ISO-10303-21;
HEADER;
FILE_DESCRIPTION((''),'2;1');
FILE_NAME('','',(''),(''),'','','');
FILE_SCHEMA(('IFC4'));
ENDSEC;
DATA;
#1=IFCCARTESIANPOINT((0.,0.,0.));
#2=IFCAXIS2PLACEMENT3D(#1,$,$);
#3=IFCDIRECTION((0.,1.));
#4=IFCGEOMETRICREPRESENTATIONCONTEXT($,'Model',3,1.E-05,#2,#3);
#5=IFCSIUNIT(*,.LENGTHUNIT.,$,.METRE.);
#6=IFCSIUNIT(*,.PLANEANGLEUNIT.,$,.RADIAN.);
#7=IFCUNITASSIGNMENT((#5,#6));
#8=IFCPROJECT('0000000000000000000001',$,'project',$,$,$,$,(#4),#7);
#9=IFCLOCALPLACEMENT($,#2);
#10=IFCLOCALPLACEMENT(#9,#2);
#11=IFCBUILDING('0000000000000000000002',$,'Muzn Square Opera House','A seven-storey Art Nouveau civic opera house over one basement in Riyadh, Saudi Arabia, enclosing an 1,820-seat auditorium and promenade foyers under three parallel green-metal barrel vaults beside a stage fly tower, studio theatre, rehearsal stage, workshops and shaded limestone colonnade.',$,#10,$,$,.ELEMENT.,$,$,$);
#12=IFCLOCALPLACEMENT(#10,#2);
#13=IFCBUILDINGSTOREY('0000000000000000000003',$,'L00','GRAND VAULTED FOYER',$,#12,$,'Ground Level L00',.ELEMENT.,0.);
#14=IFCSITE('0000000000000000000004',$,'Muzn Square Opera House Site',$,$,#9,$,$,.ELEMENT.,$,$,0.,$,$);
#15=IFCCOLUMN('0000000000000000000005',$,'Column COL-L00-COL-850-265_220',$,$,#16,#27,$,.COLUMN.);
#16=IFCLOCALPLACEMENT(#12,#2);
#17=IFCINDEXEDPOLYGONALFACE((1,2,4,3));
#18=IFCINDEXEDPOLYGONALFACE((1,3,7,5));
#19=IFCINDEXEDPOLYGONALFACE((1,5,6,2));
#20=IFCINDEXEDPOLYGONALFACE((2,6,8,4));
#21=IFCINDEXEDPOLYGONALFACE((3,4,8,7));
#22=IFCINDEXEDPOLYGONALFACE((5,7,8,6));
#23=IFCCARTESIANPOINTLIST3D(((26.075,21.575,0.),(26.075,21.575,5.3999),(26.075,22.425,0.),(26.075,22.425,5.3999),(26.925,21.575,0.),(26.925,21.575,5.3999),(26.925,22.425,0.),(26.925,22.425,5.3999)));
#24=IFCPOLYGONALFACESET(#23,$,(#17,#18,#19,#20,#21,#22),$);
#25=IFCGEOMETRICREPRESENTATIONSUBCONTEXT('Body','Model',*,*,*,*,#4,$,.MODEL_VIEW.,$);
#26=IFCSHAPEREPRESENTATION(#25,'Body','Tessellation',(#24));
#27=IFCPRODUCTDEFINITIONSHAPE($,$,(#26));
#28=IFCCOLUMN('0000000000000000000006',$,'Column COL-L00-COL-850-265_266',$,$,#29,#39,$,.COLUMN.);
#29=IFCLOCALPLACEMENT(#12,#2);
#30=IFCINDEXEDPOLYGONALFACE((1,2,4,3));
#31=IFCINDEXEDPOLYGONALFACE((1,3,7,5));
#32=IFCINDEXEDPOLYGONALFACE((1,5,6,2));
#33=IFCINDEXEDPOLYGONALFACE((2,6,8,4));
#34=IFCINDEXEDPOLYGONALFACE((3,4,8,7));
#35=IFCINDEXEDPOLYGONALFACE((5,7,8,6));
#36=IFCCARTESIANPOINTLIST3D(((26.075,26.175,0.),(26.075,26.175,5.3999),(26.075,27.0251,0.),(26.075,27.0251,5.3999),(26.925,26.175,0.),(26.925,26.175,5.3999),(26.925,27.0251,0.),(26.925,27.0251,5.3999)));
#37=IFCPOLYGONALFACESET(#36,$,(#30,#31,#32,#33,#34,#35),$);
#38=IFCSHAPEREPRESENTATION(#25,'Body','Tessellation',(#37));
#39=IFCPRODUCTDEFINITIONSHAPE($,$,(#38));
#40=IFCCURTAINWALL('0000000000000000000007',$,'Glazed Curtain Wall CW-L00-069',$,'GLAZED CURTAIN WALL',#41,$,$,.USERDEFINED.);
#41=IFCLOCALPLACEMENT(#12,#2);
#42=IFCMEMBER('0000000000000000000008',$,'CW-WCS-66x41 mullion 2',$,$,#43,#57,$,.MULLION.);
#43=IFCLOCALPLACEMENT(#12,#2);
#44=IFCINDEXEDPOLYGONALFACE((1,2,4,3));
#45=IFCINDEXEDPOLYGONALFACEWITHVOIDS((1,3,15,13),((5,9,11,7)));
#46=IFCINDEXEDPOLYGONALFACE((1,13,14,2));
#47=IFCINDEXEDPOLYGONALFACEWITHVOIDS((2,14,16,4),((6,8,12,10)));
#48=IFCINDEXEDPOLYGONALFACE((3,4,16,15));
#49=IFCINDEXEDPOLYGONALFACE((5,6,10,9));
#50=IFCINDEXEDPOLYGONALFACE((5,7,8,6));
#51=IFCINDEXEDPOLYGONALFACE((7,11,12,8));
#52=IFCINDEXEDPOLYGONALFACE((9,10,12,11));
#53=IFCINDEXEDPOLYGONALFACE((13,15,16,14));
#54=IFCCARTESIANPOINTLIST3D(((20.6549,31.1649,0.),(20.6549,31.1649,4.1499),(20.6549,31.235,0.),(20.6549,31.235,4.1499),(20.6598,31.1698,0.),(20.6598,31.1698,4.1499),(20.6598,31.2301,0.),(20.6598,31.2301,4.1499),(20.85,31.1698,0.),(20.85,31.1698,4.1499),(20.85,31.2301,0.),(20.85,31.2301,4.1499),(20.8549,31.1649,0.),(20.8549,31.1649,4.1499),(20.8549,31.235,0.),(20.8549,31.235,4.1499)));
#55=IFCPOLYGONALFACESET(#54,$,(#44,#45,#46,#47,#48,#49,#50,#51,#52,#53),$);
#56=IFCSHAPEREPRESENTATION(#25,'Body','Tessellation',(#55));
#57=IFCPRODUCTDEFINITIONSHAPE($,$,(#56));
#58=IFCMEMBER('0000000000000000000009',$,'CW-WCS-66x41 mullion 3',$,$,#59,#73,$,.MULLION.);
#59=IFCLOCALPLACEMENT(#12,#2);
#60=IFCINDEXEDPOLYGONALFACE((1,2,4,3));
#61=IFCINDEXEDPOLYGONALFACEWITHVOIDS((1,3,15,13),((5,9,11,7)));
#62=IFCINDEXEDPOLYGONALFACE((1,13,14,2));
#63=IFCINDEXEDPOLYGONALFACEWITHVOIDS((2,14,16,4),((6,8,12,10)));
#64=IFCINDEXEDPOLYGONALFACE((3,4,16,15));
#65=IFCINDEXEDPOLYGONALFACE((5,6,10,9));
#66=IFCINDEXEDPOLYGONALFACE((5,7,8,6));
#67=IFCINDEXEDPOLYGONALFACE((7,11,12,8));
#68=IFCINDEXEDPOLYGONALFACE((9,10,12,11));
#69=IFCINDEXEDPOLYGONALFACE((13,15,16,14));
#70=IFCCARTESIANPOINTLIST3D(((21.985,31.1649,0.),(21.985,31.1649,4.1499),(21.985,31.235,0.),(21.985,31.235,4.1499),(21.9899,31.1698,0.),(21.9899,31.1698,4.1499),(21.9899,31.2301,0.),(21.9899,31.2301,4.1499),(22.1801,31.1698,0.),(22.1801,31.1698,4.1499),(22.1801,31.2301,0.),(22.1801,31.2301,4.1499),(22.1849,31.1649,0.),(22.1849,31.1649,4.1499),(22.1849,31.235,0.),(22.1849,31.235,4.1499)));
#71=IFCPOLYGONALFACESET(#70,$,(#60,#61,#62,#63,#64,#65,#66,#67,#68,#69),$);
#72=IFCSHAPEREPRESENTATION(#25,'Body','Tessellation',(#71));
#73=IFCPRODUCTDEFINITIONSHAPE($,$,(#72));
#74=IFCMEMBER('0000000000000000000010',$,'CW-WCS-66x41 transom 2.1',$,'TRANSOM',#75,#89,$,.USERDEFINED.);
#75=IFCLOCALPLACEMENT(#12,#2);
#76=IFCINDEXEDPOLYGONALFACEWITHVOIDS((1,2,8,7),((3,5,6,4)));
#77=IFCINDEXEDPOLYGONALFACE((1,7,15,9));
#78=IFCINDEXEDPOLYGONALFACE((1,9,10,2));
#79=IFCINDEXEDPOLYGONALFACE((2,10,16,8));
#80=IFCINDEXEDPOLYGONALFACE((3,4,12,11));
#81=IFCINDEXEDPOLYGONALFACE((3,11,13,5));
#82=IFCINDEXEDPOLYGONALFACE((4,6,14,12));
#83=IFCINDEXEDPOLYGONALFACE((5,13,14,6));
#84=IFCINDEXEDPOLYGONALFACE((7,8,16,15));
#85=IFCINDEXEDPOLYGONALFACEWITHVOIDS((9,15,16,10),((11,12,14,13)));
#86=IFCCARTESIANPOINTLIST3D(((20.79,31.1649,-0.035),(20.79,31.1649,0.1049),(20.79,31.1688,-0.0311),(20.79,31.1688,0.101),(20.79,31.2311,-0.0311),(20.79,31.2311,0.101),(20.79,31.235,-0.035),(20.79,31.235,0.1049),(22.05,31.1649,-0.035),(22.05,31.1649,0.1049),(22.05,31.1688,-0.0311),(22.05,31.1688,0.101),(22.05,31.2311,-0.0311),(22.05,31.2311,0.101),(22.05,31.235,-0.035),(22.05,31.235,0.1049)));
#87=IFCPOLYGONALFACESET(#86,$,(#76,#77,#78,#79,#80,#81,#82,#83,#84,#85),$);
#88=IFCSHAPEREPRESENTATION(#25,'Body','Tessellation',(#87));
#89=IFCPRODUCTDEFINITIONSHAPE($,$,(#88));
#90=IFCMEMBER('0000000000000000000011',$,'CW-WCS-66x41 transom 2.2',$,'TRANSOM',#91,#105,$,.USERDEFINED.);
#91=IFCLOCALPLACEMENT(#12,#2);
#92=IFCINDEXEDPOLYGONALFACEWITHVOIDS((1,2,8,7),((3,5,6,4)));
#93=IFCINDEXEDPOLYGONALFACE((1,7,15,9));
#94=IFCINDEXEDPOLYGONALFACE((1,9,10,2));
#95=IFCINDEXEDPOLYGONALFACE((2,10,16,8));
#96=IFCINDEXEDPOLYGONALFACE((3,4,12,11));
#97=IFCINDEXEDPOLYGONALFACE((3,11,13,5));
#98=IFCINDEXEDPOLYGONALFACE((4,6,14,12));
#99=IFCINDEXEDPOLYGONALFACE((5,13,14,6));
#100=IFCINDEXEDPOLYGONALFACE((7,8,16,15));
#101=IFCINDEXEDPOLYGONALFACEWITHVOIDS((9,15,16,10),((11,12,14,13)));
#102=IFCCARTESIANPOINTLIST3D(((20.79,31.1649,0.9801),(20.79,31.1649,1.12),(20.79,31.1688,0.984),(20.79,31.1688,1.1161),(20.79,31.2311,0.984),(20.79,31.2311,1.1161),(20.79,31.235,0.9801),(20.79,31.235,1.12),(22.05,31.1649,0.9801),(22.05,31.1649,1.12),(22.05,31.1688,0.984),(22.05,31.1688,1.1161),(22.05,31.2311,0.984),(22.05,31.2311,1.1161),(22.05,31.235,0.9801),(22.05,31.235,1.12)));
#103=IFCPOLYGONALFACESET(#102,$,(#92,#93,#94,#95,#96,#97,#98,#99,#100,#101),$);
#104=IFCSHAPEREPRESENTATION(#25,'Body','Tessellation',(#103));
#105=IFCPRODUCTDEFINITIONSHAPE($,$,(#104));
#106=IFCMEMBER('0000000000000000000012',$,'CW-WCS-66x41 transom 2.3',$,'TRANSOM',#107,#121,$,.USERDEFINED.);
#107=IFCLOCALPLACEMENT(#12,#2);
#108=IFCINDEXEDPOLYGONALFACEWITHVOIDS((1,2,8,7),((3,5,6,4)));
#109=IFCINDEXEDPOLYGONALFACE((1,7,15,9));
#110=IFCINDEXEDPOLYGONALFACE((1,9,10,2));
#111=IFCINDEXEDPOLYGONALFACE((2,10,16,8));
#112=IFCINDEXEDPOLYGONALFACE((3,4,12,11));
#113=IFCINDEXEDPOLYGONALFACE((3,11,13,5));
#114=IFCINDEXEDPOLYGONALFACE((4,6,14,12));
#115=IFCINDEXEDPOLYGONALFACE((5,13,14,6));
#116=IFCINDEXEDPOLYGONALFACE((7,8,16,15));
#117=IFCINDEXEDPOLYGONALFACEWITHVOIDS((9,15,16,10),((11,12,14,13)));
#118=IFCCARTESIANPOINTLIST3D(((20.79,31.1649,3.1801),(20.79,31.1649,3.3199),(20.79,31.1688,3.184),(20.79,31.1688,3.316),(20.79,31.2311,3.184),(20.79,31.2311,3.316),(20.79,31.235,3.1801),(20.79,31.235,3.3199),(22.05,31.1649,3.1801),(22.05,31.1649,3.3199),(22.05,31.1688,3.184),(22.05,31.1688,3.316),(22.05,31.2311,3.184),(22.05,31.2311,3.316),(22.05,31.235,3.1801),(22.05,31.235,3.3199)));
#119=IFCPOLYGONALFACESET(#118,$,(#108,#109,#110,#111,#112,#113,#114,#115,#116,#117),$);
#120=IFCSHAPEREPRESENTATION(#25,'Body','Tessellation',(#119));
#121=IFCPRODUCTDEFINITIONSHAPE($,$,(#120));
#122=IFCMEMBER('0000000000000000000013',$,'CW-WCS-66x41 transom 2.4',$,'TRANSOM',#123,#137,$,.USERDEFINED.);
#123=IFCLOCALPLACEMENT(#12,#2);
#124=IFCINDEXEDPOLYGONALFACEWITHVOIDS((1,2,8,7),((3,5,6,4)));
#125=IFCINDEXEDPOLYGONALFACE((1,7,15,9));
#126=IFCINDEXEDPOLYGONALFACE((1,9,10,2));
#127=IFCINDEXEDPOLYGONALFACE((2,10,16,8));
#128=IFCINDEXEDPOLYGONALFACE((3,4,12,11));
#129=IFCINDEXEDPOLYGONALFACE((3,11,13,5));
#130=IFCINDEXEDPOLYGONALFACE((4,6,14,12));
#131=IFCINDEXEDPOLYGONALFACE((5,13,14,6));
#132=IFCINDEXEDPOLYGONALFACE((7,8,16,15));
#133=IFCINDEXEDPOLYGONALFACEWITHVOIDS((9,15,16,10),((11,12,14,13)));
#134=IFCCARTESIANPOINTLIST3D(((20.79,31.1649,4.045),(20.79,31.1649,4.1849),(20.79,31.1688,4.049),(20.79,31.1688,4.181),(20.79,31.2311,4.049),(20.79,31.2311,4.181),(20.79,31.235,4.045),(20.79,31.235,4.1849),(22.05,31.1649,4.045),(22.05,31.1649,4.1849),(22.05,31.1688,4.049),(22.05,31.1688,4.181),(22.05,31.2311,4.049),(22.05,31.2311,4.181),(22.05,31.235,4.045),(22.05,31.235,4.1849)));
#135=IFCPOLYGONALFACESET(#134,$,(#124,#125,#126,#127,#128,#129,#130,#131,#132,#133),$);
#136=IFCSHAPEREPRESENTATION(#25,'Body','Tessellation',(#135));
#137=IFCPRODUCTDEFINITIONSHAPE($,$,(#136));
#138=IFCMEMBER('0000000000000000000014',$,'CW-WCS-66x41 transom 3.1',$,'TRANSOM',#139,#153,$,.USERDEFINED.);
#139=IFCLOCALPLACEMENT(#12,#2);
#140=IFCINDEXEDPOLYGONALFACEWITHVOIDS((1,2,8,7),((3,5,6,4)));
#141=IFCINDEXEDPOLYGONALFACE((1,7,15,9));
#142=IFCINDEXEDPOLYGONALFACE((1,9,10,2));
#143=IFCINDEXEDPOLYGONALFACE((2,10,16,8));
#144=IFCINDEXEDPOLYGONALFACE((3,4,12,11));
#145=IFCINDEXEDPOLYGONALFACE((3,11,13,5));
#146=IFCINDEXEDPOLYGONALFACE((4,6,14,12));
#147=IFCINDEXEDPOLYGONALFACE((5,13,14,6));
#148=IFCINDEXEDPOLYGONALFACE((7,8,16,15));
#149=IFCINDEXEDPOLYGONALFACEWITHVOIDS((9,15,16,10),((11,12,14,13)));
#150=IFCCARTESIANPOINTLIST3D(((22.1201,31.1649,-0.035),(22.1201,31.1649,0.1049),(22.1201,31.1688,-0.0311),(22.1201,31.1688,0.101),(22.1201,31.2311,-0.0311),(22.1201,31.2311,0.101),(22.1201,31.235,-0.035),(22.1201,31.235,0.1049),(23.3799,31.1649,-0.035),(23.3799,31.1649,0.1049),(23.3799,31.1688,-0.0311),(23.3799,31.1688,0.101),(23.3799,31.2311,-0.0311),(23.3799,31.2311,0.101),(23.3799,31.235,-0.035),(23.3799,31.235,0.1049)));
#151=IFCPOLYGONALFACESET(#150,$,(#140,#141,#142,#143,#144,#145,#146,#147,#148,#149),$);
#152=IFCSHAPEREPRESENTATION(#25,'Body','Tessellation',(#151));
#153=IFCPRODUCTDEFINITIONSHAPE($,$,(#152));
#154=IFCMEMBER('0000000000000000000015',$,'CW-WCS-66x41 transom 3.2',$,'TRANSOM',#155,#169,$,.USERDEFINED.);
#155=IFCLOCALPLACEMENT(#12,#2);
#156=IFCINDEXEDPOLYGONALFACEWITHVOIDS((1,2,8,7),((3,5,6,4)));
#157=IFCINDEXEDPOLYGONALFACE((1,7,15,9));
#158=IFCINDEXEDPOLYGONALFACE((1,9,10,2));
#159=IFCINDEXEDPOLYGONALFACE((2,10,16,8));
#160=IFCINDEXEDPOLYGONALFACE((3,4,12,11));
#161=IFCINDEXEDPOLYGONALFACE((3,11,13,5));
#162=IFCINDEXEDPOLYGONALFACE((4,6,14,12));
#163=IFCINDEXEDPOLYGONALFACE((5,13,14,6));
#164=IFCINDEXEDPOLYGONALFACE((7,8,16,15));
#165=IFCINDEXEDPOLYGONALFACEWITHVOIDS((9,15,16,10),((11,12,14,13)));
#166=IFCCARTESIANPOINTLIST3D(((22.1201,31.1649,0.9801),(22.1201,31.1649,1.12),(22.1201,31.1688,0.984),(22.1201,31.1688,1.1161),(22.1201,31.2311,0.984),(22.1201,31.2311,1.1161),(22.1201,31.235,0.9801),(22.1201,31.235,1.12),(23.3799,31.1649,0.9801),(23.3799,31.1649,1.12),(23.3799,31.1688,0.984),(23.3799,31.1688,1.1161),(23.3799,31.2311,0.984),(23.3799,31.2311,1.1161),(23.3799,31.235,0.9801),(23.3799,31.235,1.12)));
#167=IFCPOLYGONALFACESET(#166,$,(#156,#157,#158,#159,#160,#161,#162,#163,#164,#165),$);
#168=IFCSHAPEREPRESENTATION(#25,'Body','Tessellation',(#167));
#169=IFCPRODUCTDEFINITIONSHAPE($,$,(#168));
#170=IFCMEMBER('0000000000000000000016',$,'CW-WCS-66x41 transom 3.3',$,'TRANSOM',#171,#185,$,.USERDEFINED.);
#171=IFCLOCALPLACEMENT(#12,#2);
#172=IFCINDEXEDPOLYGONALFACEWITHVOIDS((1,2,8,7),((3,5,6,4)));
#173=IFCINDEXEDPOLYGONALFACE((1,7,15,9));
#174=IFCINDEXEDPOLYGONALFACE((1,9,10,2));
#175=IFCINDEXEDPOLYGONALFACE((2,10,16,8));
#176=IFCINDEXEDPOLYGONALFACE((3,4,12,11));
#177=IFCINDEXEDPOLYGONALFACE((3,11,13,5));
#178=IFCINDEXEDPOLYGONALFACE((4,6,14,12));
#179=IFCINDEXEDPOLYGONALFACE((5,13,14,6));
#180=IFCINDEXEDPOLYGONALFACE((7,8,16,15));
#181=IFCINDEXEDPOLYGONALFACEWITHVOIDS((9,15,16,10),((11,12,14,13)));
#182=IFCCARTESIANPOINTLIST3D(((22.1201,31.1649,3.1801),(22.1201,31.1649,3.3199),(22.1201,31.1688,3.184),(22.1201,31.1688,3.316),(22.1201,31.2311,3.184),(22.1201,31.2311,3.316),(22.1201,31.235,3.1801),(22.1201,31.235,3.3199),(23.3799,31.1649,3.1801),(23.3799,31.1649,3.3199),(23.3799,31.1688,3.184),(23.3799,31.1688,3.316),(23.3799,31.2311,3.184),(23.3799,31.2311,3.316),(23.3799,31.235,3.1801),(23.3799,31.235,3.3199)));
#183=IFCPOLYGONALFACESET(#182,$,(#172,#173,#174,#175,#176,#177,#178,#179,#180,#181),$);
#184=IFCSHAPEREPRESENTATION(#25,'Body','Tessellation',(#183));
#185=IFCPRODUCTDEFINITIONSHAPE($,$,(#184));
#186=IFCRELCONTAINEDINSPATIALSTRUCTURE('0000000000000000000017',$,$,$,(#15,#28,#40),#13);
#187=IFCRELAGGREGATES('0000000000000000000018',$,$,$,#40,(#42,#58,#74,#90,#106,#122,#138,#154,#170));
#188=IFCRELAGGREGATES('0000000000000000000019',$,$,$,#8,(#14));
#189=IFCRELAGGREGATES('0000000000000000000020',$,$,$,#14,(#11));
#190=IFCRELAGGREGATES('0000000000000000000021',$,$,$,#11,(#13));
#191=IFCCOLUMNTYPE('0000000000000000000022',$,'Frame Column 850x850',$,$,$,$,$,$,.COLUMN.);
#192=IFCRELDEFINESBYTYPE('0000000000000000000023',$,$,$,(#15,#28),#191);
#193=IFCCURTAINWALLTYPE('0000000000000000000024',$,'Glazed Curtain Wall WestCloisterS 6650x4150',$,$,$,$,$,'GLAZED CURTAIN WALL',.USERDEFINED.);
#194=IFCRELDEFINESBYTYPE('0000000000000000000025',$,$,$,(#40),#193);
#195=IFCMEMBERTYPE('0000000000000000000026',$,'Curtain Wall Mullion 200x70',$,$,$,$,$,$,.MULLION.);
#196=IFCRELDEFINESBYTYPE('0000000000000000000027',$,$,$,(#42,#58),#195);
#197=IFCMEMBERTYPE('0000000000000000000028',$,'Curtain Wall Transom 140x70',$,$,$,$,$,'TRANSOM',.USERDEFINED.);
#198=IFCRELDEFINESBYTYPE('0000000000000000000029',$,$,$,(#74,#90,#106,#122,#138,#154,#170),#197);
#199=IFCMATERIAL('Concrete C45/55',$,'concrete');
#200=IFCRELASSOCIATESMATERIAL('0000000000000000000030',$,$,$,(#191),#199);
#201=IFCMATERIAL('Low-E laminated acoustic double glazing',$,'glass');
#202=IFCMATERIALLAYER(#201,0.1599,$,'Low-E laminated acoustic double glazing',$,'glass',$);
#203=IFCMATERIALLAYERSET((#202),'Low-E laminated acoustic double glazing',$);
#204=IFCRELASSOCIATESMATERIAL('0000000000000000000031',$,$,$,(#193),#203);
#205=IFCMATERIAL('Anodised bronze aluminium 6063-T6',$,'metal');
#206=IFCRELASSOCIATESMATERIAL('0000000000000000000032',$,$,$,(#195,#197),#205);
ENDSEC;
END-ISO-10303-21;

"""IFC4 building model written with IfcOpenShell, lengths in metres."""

from ifc_helpers import new_model, si_unit, direction, frame, origin, origin_2d, place, context, subcontext, project, spatial, rectangle, hollow_rectangle, extrude, material, layer, layer_set, material_profile, profile_set, type_object, element, aggregate, save


model = new_model("IFC4")

# Units and contexts
model_context = context("Model", 3, precision=1e-05, world=origin(), true_north=direction((0.0, 1.0)))
body_context = subcontext(model_context, "Body", "Model", "MODEL_VIEW")
ifc_project = project(units=[si_unit("LENGTHUNIT", "METRE"), si_unit("PLANEANGLEUNIT", "RADIAN")], contexts=[model_context])

# Site, building, storey
site_placement = place(None, origin())
site = spatial("IfcSite", under=ifc_project, at=site_placement, Name="Muzn Square Opera House Site", CompositionType="ELEMENT", RefElevation=0.0)
building_placement = place(site_placement, origin())
building = spatial("IfcBuilding", under=site, at=building_placement, Name="Muzn Square Opera House", Description="A seven-storey Art Nouveau civic opera house over one basement in Riyadh, Saudi Arabia, enclosing an 1,820-seat auditorium and promenade foyers under three parallel green-metal barrel vaults beside a stage fly tower, studio theatre, rehearsal stage, workshops and shaded limestone colonnade.", CompositionType="ELEMENT")
storey_placement = place(building_placement, origin())
storey = spatial("IfcBuildingStorey", under=building, at=storey_placement, Name="L00", Description="GRAND VAULTED FOYER", LongName="Ground Level L00", CompositionType="ELEMENT", Elevation=0.0)

# Columns
ifc_material_1 = material(Name="Concrete C45/55", Category="concrete")
ifc_material_profile_1 = material_profile(ifc_material_1, rectangle(XDim=0.8501, YDim=0.8501, at=origin_2d()), Name="RC 850x850", Category="concrete")
ifc_profile_set_1 = profile_set([ifc_material_profile_1], Name="Concrete C45/55")
column_type = type_object("IfcColumnType", Name="Frame Column 850x850", PredefinedType="COLUMN", material=ifc_profile_set_1)
for number, where, z_axis, x_axis, name in (
    (1, (26.5, 22.0, 0.0), (0.0, 0.0, 1.0), (1.0, 0.0, 0.0), "Column COL-L00-COL-850-265_220"),
    (2, (26.5, 26.6001, 0.0), (0.0, 0.0, 1.0), (1.0, 0.0, 0.0), "Column COL-L00-COL-850-265_266"),
):
    element("IfcColumn", number, at=place(storey_placement, frame(where, z_axis=z_axis, x_axis=x_axis)), inside=storey, type_object=column_type, Name=name, PredefinedType="COLUMN", context=body_context, shape_type="SweptSolid", body=[
        extrude(rectangle(XDim=0.8501, YDim=0.8501, at=origin_2d()), origin(), (0.0, 0.0, 1.0), 5.3999),
    ])

# Curtain wall, members
ifc_material_2 = material(Name="Low-E laminated acoustic double glazing", Category="glass")
ifc_layer_1 = layer(ifc_material_2, 0.1599, Name="Low-E laminated acoustic double glazing", Category="glass")
ifc_layer_set_1 = layer_set([ifc_layer_1], Name="Low-E laminated acoustic double glazing")
curtain_wall_type = type_object("IfcCurtainWallType", Name="Glazed Curtain Wall WestCloisterS 6650x4150", ElementType="GLAZED CURTAIN WALL", PredefinedType="USERDEFINED", material=ifc_layer_set_1)
curtain_wall_placement = place(storey_placement, origin())
curtain_wall = element("IfcCurtainWall", 3, at=curtain_wall_placement, inside=storey, type_object=curtain_wall_type, Name="Glazed Curtain Wall CW-L00-069", ObjectType="GLAZED CURTAIN WALL", PredefinedType="USERDEFINED")
ifc_material_3 = material(Name="Anodised bronze aluminium 6063-T6", Category="metal")
ifc_material_profile_2 = material_profile(ifc_material_3, hollow_rectangle(XDim=0.0701, YDim=0.2, WallThickness=0.0049, at=origin_2d()), Name="ALU 200x70x5", Category="metal")
ifc_profile_set_2 = profile_set([ifc_material_profile_2], Name="Anodised bronze aluminium 6063-T6")
member_type_1 = type_object("IfcMemberType", Name="Curtain Wall Mullion 200x70", PredefinedType="MULLION", material=ifc_profile_set_2)
member_1_placement = place(storey_placement, frame((20.7549, 31.2, 0.0), z_axis=(0.0, 0.0, 1.0), x_axis=(0.0, 1.0, 0.0)))
member_1 = element("IfcMember", 4, at=member_1_placement, type_object=member_type_1, Name="CW-WCS-66x41 mullion 2", PredefinedType="MULLION", context=body_context, shape_type="SweptSolid", body=[
    extrude(hollow_rectangle(XDim=0.0701, YDim=0.2, WallThickness=0.0049, at=origin_2d()), origin(), (0.0, 0.0, 1.0), 4.1499),
])
member_2_placement = place(storey_placement, frame((22.085, 31.2, 0.0), z_axis=(0.0, 0.0, 1.0), x_axis=(0.0, 1.0, 0.0)))
member_2 = element("IfcMember", 5, at=member_2_placement, type_object=member_type_1, Name="CW-WCS-66x41 mullion 3", PredefinedType="MULLION", context=body_context, shape_type="SweptSolid", body=[
    extrude(hollow_rectangle(XDim=0.0701, YDim=0.2, WallThickness=0.0049, at=origin_2d()), origin(), (0.0, 0.0, 1.0), 4.1499),
])
ifc_material_profile_3 = material_profile(ifc_material_3, hollow_rectangle(XDim=0.0701, YDim=0.1399, WallThickness=0.0039, at=origin_2d()), Name="ALU 140x70x4", Category="metal")
ifc_profile_set_3 = profile_set([ifc_material_profile_3], Name="Anodised bronze aluminium 6063-T6")
member_type_2 = type_object("IfcMemberType", Name="Curtain Wall Transom 140x70", ElementType="TRANSOM", PredefinedType="USERDEFINED", material=ifc_profile_set_3)
member_3_placement = place(storey_placement, frame((20.79, 31.2, 0.0349), z_axis=(1.0, 0.0, 0.0), x_axis=(0.0, 1.0, 0.0)))
member_3 = element("IfcMember", 6, at=member_3_placement, type_object=member_type_2, Name="CW-WCS-66x41 transom 2.1", ObjectType="TRANSOM", PredefinedType="USERDEFINED", context=body_context, shape_type="SweptSolid", body=[
    extrude(hollow_rectangle(XDim=0.0701, YDim=0.1399, WallThickness=0.0039, at=origin_2d()), origin(), (0.0, 0.0, 1.0), 1.26),
])
member_4_placement = place(storey_placement, frame((20.79, 31.2, 1.05), z_axis=(1.0, 0.0, 0.0), x_axis=(0.0, 1.0, 0.0)))
member_4 = element("IfcMember", 7, at=member_4_placement, type_object=member_type_2, Name="CW-WCS-66x41 transom 2.2", ObjectType="TRANSOM", PredefinedType="USERDEFINED", context=body_context, shape_type="SweptSolid", body=[
    extrude(hollow_rectangle(XDim=0.0701, YDim=0.1399, WallThickness=0.0039, at=origin_2d()), origin(), (0.0, 0.0, 1.0), 1.26),
])
member_5_placement = place(storey_placement, frame((20.79, 31.2, 3.25), z_axis=(1.0, 0.0, 0.0), x_axis=(0.0, 1.0, 0.0)))
member_5 = element("IfcMember", 8, at=member_5_placement, type_object=member_type_2, Name="CW-WCS-66x41 transom 2.3", ObjectType="TRANSOM", PredefinedType="USERDEFINED", context=body_context, shape_type="SweptSolid", body=[
    extrude(hollow_rectangle(XDim=0.0701, YDim=0.1399, WallThickness=0.0039, at=origin_2d()), origin(), (0.0, 0.0, 1.0), 1.26),
])
member_6_placement = place(storey_placement, frame((20.79, 31.2, 4.115), z_axis=(1.0, 0.0, 0.0), x_axis=(0.0, 1.0, 0.0)))
member_6 = element("IfcMember", 9, at=member_6_placement, type_object=member_type_2, Name="CW-WCS-66x41 transom 2.4", ObjectType="TRANSOM", PredefinedType="USERDEFINED", context=body_context, shape_type="SweptSolid", body=[
    extrude(hollow_rectangle(XDim=0.0701, YDim=0.1399, WallThickness=0.0039, at=origin_2d()), origin(), (0.0, 0.0, 1.0), 1.26),
])
member_7_placement = place(storey_placement, frame((22.1201, 31.2, 0.0349), z_axis=(1.0, 0.0, 0.0), x_axis=(0.0, 1.0, 0.0)))
member_7 = element("IfcMember", 10, at=member_7_placement, type_object=member_type_2, Name="CW-WCS-66x41 transom 3.1", ObjectType="TRANSOM", PredefinedType="USERDEFINED", context=body_context, shape_type="SweptSolid", body=[
    extrude(hollow_rectangle(XDim=0.0701, YDim=0.1399, WallThickness=0.0039, at=origin_2d()), origin(), (0.0, 0.0, 1.0), 1.2598),
])
member_8_placement = place(storey_placement, frame((22.1201, 31.2, 1.05), z_axis=(1.0, 0.0, 0.0), x_axis=(0.0, 1.0, 0.0)))
member_8 = element("IfcMember", 11, at=member_8_placement, type_object=member_type_2, Name="CW-WCS-66x41 transom 3.2", ObjectType="TRANSOM", PredefinedType="USERDEFINED", context=body_context, shape_type="SweptSolid", body=[
    extrude(hollow_rectangle(XDim=0.0701, YDim=0.1399, WallThickness=0.0039, at=origin_2d()), origin(), (0.0, 0.0, 1.0), 1.2598),
])
member_9_placement = place(storey_placement, frame((22.1201, 31.2, 3.25), z_axis=(1.0, 0.0, 0.0), x_axis=(0.0, 1.0, 0.0)))
member_9 = element("IfcMember", 12, at=member_9_placement, type_object=member_type_2, Name="CW-WCS-66x41 transom 3.3", ObjectType="TRANSOM", PredefinedType="USERDEFINED", context=body_context, shape_type="SweptSolid", body=[
    extrude(hollow_rectangle(XDim=0.0701, YDim=0.1399, WallThickness=0.0039, at=origin_2d()), origin(), (0.0, 0.0, 1.0), 1.2598),
])

aggregate(curtain_wall, [member_1, member_2, member_3, member_4, member_5, member_6, member_7, member_8, member_9])

save(model, "model.ifc")
